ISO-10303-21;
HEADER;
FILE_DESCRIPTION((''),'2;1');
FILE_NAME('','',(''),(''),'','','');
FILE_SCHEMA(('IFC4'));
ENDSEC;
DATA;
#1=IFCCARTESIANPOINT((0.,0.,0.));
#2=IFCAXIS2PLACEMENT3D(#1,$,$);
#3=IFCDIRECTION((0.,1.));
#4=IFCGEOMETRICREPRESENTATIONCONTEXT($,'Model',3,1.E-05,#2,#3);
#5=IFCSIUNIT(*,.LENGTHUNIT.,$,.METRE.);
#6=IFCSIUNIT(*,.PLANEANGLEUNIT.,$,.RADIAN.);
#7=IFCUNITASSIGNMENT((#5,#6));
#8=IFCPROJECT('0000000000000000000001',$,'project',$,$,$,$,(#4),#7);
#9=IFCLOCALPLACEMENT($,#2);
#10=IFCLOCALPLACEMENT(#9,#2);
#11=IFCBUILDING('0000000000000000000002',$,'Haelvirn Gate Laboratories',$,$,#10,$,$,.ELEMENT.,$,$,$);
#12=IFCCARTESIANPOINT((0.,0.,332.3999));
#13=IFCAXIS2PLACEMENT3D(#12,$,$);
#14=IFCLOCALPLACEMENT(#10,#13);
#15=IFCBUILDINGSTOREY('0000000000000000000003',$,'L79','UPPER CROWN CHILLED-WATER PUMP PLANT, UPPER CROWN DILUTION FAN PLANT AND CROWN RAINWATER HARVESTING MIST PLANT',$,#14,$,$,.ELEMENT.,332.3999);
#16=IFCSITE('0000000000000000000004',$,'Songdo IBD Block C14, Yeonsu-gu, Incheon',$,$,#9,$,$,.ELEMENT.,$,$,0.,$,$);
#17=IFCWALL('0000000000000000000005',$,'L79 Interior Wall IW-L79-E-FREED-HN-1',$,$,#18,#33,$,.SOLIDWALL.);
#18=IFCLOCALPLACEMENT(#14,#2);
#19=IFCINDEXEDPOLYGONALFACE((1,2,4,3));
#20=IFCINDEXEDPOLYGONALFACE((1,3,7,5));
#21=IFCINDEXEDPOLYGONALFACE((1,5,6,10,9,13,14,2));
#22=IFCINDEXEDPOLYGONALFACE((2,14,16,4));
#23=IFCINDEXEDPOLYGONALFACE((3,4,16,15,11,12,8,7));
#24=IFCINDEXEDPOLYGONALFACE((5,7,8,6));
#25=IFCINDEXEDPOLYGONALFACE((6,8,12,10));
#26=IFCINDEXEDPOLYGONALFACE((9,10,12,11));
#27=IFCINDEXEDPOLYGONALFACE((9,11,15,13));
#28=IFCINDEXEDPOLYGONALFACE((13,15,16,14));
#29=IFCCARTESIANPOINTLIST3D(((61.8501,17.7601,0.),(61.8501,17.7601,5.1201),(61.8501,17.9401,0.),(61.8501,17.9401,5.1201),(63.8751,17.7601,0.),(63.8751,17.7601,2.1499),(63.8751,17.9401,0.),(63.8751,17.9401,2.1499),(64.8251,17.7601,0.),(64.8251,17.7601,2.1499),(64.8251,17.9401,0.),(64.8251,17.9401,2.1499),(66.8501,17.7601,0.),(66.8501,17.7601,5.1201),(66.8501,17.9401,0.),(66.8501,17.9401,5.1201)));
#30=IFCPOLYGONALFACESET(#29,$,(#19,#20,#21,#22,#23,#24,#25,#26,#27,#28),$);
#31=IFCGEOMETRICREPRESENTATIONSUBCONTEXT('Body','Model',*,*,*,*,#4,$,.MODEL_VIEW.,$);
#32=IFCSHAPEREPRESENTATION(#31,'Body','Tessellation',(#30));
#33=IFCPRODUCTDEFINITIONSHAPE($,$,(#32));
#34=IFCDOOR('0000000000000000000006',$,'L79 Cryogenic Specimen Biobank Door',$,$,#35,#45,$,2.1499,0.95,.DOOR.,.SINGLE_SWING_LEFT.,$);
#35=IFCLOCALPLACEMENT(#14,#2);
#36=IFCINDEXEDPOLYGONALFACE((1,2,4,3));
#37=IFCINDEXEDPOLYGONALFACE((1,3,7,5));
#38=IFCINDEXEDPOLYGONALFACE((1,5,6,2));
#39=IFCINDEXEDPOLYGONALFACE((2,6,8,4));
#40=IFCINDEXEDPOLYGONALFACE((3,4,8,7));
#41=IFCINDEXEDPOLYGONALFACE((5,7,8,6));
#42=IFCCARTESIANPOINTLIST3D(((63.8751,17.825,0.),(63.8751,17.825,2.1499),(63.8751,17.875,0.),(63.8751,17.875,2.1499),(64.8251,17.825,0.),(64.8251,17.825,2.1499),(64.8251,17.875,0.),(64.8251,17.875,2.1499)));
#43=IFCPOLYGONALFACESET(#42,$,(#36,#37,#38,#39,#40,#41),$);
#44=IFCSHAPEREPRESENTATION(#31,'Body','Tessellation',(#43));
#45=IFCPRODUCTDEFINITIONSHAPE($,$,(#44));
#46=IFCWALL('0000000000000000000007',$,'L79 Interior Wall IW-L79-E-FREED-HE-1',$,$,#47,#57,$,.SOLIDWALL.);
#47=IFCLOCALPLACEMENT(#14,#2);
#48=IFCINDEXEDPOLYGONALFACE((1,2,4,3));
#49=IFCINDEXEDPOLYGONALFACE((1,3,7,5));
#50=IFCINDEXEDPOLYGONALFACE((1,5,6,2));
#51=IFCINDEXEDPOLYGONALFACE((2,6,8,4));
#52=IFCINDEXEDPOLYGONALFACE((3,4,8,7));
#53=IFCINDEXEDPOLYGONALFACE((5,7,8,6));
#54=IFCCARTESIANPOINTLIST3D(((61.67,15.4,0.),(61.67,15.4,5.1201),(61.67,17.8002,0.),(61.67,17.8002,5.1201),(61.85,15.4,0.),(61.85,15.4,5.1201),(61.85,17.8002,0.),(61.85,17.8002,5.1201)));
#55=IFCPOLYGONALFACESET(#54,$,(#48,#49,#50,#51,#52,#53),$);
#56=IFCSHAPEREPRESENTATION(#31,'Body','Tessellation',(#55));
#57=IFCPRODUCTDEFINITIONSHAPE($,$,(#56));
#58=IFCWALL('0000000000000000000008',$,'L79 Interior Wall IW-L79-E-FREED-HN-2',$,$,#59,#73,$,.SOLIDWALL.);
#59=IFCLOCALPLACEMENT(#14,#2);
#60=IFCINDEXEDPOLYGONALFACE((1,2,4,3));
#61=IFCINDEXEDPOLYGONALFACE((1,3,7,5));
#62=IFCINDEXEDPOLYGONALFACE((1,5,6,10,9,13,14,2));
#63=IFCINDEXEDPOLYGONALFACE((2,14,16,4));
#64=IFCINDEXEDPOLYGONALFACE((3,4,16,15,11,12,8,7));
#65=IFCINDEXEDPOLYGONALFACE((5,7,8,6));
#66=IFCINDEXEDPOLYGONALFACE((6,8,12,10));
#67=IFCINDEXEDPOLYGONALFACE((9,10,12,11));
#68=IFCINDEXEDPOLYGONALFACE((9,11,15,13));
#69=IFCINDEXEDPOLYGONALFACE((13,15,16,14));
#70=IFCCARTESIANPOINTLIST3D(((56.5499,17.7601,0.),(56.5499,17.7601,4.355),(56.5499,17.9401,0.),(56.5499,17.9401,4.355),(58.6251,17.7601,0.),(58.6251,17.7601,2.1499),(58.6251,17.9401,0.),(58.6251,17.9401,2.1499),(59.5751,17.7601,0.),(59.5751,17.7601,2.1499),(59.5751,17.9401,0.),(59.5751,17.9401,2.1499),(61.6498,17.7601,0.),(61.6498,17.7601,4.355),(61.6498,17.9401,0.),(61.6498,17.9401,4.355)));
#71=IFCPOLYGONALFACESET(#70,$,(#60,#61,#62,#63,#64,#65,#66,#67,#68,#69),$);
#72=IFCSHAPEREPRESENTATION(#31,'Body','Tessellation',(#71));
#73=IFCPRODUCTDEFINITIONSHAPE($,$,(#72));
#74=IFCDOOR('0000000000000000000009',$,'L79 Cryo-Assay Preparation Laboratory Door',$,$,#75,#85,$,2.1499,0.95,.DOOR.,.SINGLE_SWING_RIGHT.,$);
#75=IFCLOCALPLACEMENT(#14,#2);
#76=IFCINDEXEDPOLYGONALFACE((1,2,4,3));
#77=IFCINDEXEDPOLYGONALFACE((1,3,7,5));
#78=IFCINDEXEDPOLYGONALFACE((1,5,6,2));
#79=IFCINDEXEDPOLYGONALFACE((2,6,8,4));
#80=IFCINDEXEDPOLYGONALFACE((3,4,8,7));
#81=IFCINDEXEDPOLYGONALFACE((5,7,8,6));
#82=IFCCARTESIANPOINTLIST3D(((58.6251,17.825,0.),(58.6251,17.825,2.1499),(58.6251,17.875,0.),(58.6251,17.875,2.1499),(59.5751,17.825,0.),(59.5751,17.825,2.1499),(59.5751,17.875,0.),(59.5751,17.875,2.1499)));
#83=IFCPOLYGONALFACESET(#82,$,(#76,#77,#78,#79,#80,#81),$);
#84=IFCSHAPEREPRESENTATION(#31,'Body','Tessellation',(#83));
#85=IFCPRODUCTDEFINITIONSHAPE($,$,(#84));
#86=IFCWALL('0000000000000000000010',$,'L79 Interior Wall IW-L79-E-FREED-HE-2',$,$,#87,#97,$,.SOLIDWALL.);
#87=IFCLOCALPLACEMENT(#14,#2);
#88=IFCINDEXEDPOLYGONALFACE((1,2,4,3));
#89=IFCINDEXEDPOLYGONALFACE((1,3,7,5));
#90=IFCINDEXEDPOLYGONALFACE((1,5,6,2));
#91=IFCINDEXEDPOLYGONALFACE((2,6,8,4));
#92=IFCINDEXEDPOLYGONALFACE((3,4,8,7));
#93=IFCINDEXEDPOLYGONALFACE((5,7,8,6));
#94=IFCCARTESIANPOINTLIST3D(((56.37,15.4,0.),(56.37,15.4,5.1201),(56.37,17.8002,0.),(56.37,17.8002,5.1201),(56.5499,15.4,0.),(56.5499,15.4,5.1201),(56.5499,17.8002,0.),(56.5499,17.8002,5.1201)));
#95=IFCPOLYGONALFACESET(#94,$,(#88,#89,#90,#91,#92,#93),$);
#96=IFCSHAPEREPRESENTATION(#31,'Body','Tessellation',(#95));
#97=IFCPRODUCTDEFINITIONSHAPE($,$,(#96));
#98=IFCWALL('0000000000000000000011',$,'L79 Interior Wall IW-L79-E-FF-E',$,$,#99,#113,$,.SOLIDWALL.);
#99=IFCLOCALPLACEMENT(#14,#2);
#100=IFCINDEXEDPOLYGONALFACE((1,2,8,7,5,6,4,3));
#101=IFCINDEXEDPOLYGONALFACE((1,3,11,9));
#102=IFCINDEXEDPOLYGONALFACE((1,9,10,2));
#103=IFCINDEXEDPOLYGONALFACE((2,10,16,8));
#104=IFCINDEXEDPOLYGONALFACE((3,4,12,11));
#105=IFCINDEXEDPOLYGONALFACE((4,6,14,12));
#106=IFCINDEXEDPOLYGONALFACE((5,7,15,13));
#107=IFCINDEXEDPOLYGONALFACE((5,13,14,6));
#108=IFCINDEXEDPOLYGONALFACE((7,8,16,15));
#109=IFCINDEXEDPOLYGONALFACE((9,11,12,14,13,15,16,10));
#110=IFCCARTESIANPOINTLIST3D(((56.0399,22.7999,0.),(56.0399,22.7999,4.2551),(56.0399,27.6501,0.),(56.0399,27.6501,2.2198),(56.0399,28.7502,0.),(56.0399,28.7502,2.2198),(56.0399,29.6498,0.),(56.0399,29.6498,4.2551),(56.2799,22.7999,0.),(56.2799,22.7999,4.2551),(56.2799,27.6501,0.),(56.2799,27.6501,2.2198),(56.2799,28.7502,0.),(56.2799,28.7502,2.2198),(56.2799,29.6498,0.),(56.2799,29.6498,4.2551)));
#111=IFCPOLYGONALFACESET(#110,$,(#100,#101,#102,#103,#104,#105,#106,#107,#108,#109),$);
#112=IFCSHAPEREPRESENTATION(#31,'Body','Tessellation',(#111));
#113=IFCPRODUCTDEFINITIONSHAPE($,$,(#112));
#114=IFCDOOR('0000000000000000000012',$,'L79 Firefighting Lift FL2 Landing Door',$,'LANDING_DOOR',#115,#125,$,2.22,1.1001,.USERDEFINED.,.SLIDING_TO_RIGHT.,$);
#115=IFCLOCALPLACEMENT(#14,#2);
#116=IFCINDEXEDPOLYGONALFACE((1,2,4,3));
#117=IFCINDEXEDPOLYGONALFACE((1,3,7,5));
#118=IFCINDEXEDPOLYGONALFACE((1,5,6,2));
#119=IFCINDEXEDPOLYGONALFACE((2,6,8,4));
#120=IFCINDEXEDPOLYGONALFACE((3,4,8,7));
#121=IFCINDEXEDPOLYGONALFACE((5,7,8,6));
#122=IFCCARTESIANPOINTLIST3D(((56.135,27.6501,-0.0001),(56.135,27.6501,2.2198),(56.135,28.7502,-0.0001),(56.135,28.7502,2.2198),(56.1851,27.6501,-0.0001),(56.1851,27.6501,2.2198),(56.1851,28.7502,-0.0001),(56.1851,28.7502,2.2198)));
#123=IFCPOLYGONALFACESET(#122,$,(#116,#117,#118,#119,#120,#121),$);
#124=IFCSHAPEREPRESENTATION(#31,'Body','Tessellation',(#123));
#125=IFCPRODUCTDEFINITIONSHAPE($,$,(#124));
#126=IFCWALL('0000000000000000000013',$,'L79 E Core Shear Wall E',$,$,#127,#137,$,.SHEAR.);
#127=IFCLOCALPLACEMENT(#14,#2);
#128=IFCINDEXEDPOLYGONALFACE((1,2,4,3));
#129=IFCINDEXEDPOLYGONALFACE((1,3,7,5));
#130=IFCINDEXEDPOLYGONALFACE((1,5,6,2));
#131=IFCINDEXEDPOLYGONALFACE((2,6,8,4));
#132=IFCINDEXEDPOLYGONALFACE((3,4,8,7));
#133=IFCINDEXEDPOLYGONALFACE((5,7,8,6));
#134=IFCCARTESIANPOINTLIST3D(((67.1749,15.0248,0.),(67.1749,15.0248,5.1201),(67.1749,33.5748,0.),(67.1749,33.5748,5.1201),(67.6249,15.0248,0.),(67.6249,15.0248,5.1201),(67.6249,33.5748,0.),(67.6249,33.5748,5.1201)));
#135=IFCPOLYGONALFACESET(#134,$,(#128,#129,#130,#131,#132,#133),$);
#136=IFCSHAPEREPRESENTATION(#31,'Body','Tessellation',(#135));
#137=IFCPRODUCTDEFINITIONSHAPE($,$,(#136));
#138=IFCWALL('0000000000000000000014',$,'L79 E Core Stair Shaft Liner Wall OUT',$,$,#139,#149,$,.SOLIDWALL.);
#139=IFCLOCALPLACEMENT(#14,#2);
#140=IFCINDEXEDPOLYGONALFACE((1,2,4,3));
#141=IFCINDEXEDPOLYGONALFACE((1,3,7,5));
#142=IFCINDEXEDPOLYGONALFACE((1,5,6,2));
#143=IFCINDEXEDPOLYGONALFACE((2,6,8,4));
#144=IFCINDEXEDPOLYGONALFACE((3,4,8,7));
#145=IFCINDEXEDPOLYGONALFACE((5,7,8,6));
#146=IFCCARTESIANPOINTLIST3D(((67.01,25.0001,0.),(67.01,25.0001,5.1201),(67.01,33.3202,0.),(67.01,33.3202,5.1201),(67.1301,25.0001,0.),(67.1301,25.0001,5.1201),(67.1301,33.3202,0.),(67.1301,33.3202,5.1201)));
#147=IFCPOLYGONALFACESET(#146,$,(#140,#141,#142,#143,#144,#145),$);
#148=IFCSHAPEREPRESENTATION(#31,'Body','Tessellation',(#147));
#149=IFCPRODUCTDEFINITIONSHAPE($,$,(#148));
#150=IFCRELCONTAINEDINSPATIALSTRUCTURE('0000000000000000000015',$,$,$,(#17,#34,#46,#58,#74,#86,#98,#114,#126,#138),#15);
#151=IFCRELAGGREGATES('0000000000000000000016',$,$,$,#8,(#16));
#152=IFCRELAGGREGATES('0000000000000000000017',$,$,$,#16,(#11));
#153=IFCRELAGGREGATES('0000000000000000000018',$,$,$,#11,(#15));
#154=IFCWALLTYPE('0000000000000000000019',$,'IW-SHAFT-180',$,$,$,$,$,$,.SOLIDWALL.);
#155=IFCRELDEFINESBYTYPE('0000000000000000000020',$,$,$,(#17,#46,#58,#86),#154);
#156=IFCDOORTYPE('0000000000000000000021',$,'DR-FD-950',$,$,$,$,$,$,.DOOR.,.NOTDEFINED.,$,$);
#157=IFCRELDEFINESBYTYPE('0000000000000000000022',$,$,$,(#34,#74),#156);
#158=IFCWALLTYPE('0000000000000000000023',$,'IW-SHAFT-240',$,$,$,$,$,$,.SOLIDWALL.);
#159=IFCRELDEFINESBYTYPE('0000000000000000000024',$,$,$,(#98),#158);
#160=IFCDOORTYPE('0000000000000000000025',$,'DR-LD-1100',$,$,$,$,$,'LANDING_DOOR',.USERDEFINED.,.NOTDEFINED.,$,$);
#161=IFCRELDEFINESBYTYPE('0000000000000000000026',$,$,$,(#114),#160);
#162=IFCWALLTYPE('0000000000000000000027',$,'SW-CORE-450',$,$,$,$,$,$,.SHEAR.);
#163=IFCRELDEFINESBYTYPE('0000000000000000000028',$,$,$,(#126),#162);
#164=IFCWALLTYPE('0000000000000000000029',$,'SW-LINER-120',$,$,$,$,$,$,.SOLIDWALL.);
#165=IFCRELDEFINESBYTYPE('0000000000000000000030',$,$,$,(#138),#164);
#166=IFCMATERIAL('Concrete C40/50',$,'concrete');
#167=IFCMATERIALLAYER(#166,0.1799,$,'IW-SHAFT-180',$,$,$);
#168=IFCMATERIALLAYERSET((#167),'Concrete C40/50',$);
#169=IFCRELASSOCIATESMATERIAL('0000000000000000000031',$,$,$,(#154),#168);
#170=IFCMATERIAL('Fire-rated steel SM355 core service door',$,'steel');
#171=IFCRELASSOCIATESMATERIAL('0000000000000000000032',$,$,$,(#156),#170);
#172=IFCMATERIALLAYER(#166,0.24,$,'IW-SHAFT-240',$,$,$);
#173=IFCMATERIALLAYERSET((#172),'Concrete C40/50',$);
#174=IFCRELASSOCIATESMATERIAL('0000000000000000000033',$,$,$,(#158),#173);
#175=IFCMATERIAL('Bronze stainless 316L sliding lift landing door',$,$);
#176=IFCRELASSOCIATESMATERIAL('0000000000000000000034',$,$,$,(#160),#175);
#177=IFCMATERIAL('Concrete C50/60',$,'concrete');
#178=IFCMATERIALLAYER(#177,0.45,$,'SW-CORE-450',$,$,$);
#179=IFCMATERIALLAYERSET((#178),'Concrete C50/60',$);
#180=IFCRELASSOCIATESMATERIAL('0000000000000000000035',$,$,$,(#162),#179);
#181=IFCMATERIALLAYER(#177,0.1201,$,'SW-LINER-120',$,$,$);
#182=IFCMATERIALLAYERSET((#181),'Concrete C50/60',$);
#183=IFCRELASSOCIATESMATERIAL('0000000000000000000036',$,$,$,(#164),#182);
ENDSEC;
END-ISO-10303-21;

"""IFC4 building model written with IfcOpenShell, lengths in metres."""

from ifc_helpers import new_model, si_unit, direction, frame, frame_2d, origin, place, context, subcontext, project, spatial, rectangle, extrude, source, transform, mapped, material, layer, layer_set, type_object, type_shapes, element, fill, save


model = new_model("IFC4")

# Units and contexts
model_context = context("Model", 3, precision=1e-05, world=origin(), true_north=direction((0.0, 1.0)))
body_context = subcontext(model_context, "Body", "Model", "MODEL_VIEW")
ifc_project = project(units=[si_unit("LENGTHUNIT", "METRE"), si_unit("PLANEANGLEUNIT", "RADIAN")], contexts=[model_context])

# Site, building, storey
site_placement = place(None, origin())
site = spatial("IfcSite", under=ifc_project, at=site_placement, Name="Songdo IBD Block C14, Yeonsu-gu, Incheon", CompositionType="ELEMENT", RefElevation=0.0)
building_placement = place(site_placement, origin())
building = spatial("IfcBuilding", under=site, at=building_placement, Name="Haelvirn Gate Laboratories", CompositionType="ELEMENT")
storey_placement = place(building_placement, frame((0.0, 0.0, 332.3999)))
storey = spatial("IfcBuildingStorey", under=building, at=storey_placement, Name="L79", Description="UPPER CROWN CHILLED-WATER PUMP PLANT, UPPER CROWN DILUTION FAN PLANT AND CROWN RAINWATER HARVESTING MIST PLANT", CompositionType="ELEMENT", Elevation=332.3999)

# Shared definitions
ifc_material_1 = material(Name="Concrete C50/60", Category="concrete")

# Wall, opening, door
ifc_material_2 = material(Name="Concrete C40/50", Category="concrete")
ifc_layer_1 = layer(ifc_material_2, 0.1799, Name="IW-SHAFT-180")
ifc_layer_set_1 = layer_set([ifc_layer_1], Name="Concrete C40/50")
wall_type_1 = type_object("IfcWallType", Name="IW-SHAFT-180", PredefinedType="SOLIDWALL", material=ifc_layer_set_1)
wall_1_placement = place(storey_placement, frame((61.8501, 17.8501, 0.0), z_axis=(0.0, 0.0, 1.0), x_axis=(1.0, 0.0, 0.0)))
wall_1 = element("IfcWall", 1, at=wall_1_placement, inside=storey, type_object=wall_type_1, Name="L79 Interior Wall IW-L79-E-FREED-HN-1", PredefinedType="SOLIDWALL", context=body_context, shape_type="SweptSolid", body=[
    extrude(rectangle(XDim=5.0, YDim=0.1799, at=frame_2d((2.5, 0.0))), origin(), (0.0, 0.0, 1.0), 5.1201),
])
opening_1_placement = place(wall_1_placement, frame((2.0249, 0.0, 0.0)))
opening_1 = element("IfcOpeningElement", 2, at=opening_1_placement, cuts=wall_1, PredefinedType="OPENING", context=body_context, shape_type="SweptSolid", body=[
    extrude(rectangle(XDim=0.95, YDim=2.1499, at=frame_2d((0.4751, 1.075))), frame((0.0, 0.1001, 0.0), z_axis=(0.0, -1.0, 0.0), x_axis=(1.0, 0.0, 0.0)), (0.0, 0.0, 1.0), 0.2),
])
ifc_material_3 = material(Name="Fire-rated steel SM355 core service door", Category="steel")
door_type_1 = type_object("IfcDoorType", Name="DR-FD-950", OperationType="NOTDEFINED", PredefinedType="DOOR", material=ifc_material_3)
shared_shape_1 = source(origin(), body_context, "Body", "SweptSolid", [
    extrude(rectangle(XDim=0.95, YDim=2.1499, at=frame_2d((0.4751, 1.075))), frame((0.0, 0.0249, 0.0), z_axis=(0.0, -1.0, 0.0), x_axis=(1.0, 0.0, 0.0)), (0.0, 0.0, 1.0), 0.05),
])
type_shapes(door_type_1, [shared_shape_1])
door_1_placement = place(opening_1_placement, origin())
door_1 = element("IfcDoor", 3, at=door_1_placement, inside=storey, type_object=door_type_1, Name="L79 Cryogenic Specimen Biobank Door", OperationType="SINGLE_SWING_LEFT", OverallHeight=2.1499, OverallWidth=0.95, PredefinedType="DOOR", context=body_context, shape_type="MappedRepresentation", body=[
    mapped(shared_shape_1, transform((0.0, 0.0, 0.0), scale=1.0)),
])
fill(opening_1, door_1)

# Wall
wall_2_placement = place(storey_placement, frame((61.76, 15.3999, 0.0), z_axis=(0.0, 0.0, 1.0), x_axis=(0.0, 1.0, 0.0)))
element("IfcWall", 4, at=wall_2_placement, inside=storey, type_object=wall_type_1, Name="L79 Interior Wall IW-L79-E-FREED-HE-1", PredefinedType="SOLIDWALL", context=body_context, shape_type="SweptSolid", body=[
    extrude(rectangle(XDim=2.4001, YDim=0.1799, at=frame_2d((1.2002, 0.0))), origin(), (0.0, 0.0, 1.0), 5.1201),
])

# Wall, opening, door
wall_3_placement = place(storey_placement, frame((56.55, 17.8501, 0.0), z_axis=(0.0, 0.0, 1.0), x_axis=(1.0, 0.0, 0.0)))
wall_3 = element("IfcWall", 5, at=wall_3_placement, inside=storey, type_object=wall_type_1, Name="L79 Interior Wall IW-L79-E-FREED-HN-2", PredefinedType="SOLIDWALL", context=body_context, shape_type="SweptSolid", body=[
    extrude(rectangle(XDim=5.0999, YDim=0.1799, at=frame_2d((2.5498, 0.0))), origin(), (0.0, 0.0, 1.0), 4.355),
])
opening_2_placement = place(wall_3_placement, frame((2.075, 0.0, 0.0)))
opening_2 = element("IfcOpeningElement", 6, at=opening_2_placement, cuts=wall_3, PredefinedType="OPENING", context=body_context, shape_type="SweptSolid", body=[
    extrude(rectangle(XDim=0.95, YDim=2.1499, at=frame_2d((0.4751, 1.075))), frame((0.0, 0.1001, 0.0), z_axis=(0.0, -1.0, 0.0), x_axis=(1.0, 0.0, 0.0)), (0.0, 0.0, 1.0), 0.2),
])
door_2_placement = place(opening_2_placement, origin())
door_2 = element("IfcDoor", 7, at=door_2_placement, inside=storey, type_object=door_type_1, Name="L79 Cryo-Assay Preparation Laboratory Door", OperationType="SINGLE_SWING_RIGHT", OverallHeight=2.1499, OverallWidth=0.95, PredefinedType="DOOR", context=body_context, shape_type="MappedRepresentation", body=[
    mapped(shared_shape_1, transform((0.0, 0.0, 0.0), scale=1.0)),
])
fill(opening_2, door_2)

# Wall
wall_4_placement = place(storey_placement, frame((56.46, 15.3999, 0.0), z_axis=(0.0, 0.0, 1.0), x_axis=(0.0, 1.0, 0.0)))
element("IfcWall", 8, at=wall_4_placement, inside=storey, type_object=wall_type_1, Name="L79 Interior Wall IW-L79-E-FREED-HE-2", PredefinedType="SOLIDWALL", context=body_context, shape_type="SweptSolid", body=[
    extrude(rectangle(XDim=2.4001, YDim=0.1799, at=frame_2d((1.2002, 0.0))), origin(), (0.0, 0.0, 1.0), 5.1201),
])

# Wall, opening, door
ifc_layer_2 = layer(ifc_material_2, 0.24, Name="IW-SHAFT-240")
ifc_layer_set_2 = layer_set([ifc_layer_2], Name="Concrete C40/50")
wall_type_2 = type_object("IfcWallType", Name="IW-SHAFT-240", PredefinedType="SOLIDWALL", material=ifc_layer_set_2)
wall_5_placement = place(storey_placement, frame((56.1599, 22.8, 0.0), z_axis=(0.0, 0.0, 1.0), x_axis=(0.0, 1.0, 0.0)))
wall_5 = element("IfcWall", 9, at=wall_5_placement, inside=storey, type_object=wall_type_2, Name="L79 Interior Wall IW-L79-E-FF-E", PredefinedType="SOLIDWALL", context=body_context, shape_type="SweptSolid", body=[
    extrude(rectangle(XDim=6.8499, YDim=0.24, at=frame_2d((3.4248, 0.0))), origin(), (0.0, 0.0, 1.0), 4.2551),
])
opening_3_placement = place(wall_5_placement, frame((4.8501, 0.0, 0.0)))
opening_3 = element("IfcOpeningElement", 10, at=opening_3_placement, cuts=wall_5, PredefinedType="OPENING", context=body_context, shape_type="SweptSolid", body=[
    extrude(rectangle(XDim=1.1001, YDim=2.22, at=frame_2d((0.55, 1.1099))), frame((0.0, 0.1299, 0.0), z_axis=(0.0, -1.0, 0.0), x_axis=(1.0, 0.0, 0.0)), (0.0, 0.0, 1.0), 0.26),
])
ifc_material_4 = material(Name="Bronze stainless 316L sliding lift landing door")
door_type_2 = type_object("IfcDoorType", Name="DR-LD-1100", ElementType="LANDING_DOOR", OperationType="NOTDEFINED", PredefinedType="USERDEFINED", material=ifc_material_4)
shared_shape_2 = source(origin(), body_context, "Body", "SweptSolid", [
    extrude(rectangle(XDim=1.1001, YDim=2.22, at=frame_2d((0.55, 1.1099))), frame((0.0, 0.0249, 0.0), z_axis=(0.0, -1.0, 0.0), x_axis=(1.0, 0.0, 0.0)), (0.0, 0.0, 1.0), 0.05),
])
type_shapes(door_type_2, [shared_shape_2])
door_3_placement = place(opening_3_placement, origin())
door_3 = element("IfcDoor", 11, at=door_3_placement, inside=storey, type_object=door_type_2, Name="L79 Firefighting Lift FL2 Landing Door", ObjectType="LANDING_DOOR", OperationType="SLIDING_TO_RIGHT", OverallHeight=2.22, OverallWidth=1.1001, PredefinedType="USERDEFINED", context=body_context, shape_type="MappedRepresentation", body=[
    mapped(shared_shape_2, transform((0.0, 0.0, 0.0), scale=1.0)),
])
fill(opening_3, door_3)

# Walls
ifc_layer_3 = layer(ifc_material_1, 0.45, Name="SW-CORE-450")
ifc_layer_set_3 = layer_set([ifc_layer_3], Name="Concrete C50/60")
wall_type_3 = type_object("IfcWallType", Name="SW-CORE-450", PredefinedType="SHEAR", material=ifc_layer_set_3)
wall_6_placement = place(storey_placement, frame((67.3999, 15.0249, 0.0), z_axis=(0.0, 0.0, 1.0), x_axis=(0.0, 1.0, 0.0)))
element("IfcWall", 12, at=wall_6_placement, inside=storey, type_object=wall_type_3, Name="L79 E Core Shear Wall E", PredefinedType="SHEAR", context=body_context, shape_type="SweptSolid", body=[
    extrude(rectangle(XDim=18.55, YDim=0.45, at=frame_2d((9.2749, 0.0))), origin(), (0.0, 0.0, 1.0), 5.1201),
])
ifc_layer_4 = layer(ifc_material_1, 0.1201, Name="SW-LINER-120")
ifc_layer_set_4 = layer_set([ifc_layer_4], Name="Concrete C50/60")
wall_type_4 = type_object("IfcWallType", Name="SW-LINER-120", PredefinedType="SOLIDWALL", material=ifc_layer_set_4)
wall_7_placement = place(storey_placement, frame((67.0701, 25.0, 0.0), z_axis=(0.0, 0.0, 1.0), x_axis=(0.0, 1.0, 0.0)))
element("IfcWall", 13, at=wall_7_placement, inside=storey, type_object=wall_type_4, Name="L79 E Core Stair Shaft Liner Wall OUT", PredefinedType="SOLIDWALL", context=body_context, shape_type="SweptSolid", body=[
    extrude(rectangle(XDim=8.3201, YDim=0.1201, at=frame_2d((4.1602, 0.0))), origin(), (0.0, 0.0, 1.0), 5.1201),
])

save(model, "model.ifc")
